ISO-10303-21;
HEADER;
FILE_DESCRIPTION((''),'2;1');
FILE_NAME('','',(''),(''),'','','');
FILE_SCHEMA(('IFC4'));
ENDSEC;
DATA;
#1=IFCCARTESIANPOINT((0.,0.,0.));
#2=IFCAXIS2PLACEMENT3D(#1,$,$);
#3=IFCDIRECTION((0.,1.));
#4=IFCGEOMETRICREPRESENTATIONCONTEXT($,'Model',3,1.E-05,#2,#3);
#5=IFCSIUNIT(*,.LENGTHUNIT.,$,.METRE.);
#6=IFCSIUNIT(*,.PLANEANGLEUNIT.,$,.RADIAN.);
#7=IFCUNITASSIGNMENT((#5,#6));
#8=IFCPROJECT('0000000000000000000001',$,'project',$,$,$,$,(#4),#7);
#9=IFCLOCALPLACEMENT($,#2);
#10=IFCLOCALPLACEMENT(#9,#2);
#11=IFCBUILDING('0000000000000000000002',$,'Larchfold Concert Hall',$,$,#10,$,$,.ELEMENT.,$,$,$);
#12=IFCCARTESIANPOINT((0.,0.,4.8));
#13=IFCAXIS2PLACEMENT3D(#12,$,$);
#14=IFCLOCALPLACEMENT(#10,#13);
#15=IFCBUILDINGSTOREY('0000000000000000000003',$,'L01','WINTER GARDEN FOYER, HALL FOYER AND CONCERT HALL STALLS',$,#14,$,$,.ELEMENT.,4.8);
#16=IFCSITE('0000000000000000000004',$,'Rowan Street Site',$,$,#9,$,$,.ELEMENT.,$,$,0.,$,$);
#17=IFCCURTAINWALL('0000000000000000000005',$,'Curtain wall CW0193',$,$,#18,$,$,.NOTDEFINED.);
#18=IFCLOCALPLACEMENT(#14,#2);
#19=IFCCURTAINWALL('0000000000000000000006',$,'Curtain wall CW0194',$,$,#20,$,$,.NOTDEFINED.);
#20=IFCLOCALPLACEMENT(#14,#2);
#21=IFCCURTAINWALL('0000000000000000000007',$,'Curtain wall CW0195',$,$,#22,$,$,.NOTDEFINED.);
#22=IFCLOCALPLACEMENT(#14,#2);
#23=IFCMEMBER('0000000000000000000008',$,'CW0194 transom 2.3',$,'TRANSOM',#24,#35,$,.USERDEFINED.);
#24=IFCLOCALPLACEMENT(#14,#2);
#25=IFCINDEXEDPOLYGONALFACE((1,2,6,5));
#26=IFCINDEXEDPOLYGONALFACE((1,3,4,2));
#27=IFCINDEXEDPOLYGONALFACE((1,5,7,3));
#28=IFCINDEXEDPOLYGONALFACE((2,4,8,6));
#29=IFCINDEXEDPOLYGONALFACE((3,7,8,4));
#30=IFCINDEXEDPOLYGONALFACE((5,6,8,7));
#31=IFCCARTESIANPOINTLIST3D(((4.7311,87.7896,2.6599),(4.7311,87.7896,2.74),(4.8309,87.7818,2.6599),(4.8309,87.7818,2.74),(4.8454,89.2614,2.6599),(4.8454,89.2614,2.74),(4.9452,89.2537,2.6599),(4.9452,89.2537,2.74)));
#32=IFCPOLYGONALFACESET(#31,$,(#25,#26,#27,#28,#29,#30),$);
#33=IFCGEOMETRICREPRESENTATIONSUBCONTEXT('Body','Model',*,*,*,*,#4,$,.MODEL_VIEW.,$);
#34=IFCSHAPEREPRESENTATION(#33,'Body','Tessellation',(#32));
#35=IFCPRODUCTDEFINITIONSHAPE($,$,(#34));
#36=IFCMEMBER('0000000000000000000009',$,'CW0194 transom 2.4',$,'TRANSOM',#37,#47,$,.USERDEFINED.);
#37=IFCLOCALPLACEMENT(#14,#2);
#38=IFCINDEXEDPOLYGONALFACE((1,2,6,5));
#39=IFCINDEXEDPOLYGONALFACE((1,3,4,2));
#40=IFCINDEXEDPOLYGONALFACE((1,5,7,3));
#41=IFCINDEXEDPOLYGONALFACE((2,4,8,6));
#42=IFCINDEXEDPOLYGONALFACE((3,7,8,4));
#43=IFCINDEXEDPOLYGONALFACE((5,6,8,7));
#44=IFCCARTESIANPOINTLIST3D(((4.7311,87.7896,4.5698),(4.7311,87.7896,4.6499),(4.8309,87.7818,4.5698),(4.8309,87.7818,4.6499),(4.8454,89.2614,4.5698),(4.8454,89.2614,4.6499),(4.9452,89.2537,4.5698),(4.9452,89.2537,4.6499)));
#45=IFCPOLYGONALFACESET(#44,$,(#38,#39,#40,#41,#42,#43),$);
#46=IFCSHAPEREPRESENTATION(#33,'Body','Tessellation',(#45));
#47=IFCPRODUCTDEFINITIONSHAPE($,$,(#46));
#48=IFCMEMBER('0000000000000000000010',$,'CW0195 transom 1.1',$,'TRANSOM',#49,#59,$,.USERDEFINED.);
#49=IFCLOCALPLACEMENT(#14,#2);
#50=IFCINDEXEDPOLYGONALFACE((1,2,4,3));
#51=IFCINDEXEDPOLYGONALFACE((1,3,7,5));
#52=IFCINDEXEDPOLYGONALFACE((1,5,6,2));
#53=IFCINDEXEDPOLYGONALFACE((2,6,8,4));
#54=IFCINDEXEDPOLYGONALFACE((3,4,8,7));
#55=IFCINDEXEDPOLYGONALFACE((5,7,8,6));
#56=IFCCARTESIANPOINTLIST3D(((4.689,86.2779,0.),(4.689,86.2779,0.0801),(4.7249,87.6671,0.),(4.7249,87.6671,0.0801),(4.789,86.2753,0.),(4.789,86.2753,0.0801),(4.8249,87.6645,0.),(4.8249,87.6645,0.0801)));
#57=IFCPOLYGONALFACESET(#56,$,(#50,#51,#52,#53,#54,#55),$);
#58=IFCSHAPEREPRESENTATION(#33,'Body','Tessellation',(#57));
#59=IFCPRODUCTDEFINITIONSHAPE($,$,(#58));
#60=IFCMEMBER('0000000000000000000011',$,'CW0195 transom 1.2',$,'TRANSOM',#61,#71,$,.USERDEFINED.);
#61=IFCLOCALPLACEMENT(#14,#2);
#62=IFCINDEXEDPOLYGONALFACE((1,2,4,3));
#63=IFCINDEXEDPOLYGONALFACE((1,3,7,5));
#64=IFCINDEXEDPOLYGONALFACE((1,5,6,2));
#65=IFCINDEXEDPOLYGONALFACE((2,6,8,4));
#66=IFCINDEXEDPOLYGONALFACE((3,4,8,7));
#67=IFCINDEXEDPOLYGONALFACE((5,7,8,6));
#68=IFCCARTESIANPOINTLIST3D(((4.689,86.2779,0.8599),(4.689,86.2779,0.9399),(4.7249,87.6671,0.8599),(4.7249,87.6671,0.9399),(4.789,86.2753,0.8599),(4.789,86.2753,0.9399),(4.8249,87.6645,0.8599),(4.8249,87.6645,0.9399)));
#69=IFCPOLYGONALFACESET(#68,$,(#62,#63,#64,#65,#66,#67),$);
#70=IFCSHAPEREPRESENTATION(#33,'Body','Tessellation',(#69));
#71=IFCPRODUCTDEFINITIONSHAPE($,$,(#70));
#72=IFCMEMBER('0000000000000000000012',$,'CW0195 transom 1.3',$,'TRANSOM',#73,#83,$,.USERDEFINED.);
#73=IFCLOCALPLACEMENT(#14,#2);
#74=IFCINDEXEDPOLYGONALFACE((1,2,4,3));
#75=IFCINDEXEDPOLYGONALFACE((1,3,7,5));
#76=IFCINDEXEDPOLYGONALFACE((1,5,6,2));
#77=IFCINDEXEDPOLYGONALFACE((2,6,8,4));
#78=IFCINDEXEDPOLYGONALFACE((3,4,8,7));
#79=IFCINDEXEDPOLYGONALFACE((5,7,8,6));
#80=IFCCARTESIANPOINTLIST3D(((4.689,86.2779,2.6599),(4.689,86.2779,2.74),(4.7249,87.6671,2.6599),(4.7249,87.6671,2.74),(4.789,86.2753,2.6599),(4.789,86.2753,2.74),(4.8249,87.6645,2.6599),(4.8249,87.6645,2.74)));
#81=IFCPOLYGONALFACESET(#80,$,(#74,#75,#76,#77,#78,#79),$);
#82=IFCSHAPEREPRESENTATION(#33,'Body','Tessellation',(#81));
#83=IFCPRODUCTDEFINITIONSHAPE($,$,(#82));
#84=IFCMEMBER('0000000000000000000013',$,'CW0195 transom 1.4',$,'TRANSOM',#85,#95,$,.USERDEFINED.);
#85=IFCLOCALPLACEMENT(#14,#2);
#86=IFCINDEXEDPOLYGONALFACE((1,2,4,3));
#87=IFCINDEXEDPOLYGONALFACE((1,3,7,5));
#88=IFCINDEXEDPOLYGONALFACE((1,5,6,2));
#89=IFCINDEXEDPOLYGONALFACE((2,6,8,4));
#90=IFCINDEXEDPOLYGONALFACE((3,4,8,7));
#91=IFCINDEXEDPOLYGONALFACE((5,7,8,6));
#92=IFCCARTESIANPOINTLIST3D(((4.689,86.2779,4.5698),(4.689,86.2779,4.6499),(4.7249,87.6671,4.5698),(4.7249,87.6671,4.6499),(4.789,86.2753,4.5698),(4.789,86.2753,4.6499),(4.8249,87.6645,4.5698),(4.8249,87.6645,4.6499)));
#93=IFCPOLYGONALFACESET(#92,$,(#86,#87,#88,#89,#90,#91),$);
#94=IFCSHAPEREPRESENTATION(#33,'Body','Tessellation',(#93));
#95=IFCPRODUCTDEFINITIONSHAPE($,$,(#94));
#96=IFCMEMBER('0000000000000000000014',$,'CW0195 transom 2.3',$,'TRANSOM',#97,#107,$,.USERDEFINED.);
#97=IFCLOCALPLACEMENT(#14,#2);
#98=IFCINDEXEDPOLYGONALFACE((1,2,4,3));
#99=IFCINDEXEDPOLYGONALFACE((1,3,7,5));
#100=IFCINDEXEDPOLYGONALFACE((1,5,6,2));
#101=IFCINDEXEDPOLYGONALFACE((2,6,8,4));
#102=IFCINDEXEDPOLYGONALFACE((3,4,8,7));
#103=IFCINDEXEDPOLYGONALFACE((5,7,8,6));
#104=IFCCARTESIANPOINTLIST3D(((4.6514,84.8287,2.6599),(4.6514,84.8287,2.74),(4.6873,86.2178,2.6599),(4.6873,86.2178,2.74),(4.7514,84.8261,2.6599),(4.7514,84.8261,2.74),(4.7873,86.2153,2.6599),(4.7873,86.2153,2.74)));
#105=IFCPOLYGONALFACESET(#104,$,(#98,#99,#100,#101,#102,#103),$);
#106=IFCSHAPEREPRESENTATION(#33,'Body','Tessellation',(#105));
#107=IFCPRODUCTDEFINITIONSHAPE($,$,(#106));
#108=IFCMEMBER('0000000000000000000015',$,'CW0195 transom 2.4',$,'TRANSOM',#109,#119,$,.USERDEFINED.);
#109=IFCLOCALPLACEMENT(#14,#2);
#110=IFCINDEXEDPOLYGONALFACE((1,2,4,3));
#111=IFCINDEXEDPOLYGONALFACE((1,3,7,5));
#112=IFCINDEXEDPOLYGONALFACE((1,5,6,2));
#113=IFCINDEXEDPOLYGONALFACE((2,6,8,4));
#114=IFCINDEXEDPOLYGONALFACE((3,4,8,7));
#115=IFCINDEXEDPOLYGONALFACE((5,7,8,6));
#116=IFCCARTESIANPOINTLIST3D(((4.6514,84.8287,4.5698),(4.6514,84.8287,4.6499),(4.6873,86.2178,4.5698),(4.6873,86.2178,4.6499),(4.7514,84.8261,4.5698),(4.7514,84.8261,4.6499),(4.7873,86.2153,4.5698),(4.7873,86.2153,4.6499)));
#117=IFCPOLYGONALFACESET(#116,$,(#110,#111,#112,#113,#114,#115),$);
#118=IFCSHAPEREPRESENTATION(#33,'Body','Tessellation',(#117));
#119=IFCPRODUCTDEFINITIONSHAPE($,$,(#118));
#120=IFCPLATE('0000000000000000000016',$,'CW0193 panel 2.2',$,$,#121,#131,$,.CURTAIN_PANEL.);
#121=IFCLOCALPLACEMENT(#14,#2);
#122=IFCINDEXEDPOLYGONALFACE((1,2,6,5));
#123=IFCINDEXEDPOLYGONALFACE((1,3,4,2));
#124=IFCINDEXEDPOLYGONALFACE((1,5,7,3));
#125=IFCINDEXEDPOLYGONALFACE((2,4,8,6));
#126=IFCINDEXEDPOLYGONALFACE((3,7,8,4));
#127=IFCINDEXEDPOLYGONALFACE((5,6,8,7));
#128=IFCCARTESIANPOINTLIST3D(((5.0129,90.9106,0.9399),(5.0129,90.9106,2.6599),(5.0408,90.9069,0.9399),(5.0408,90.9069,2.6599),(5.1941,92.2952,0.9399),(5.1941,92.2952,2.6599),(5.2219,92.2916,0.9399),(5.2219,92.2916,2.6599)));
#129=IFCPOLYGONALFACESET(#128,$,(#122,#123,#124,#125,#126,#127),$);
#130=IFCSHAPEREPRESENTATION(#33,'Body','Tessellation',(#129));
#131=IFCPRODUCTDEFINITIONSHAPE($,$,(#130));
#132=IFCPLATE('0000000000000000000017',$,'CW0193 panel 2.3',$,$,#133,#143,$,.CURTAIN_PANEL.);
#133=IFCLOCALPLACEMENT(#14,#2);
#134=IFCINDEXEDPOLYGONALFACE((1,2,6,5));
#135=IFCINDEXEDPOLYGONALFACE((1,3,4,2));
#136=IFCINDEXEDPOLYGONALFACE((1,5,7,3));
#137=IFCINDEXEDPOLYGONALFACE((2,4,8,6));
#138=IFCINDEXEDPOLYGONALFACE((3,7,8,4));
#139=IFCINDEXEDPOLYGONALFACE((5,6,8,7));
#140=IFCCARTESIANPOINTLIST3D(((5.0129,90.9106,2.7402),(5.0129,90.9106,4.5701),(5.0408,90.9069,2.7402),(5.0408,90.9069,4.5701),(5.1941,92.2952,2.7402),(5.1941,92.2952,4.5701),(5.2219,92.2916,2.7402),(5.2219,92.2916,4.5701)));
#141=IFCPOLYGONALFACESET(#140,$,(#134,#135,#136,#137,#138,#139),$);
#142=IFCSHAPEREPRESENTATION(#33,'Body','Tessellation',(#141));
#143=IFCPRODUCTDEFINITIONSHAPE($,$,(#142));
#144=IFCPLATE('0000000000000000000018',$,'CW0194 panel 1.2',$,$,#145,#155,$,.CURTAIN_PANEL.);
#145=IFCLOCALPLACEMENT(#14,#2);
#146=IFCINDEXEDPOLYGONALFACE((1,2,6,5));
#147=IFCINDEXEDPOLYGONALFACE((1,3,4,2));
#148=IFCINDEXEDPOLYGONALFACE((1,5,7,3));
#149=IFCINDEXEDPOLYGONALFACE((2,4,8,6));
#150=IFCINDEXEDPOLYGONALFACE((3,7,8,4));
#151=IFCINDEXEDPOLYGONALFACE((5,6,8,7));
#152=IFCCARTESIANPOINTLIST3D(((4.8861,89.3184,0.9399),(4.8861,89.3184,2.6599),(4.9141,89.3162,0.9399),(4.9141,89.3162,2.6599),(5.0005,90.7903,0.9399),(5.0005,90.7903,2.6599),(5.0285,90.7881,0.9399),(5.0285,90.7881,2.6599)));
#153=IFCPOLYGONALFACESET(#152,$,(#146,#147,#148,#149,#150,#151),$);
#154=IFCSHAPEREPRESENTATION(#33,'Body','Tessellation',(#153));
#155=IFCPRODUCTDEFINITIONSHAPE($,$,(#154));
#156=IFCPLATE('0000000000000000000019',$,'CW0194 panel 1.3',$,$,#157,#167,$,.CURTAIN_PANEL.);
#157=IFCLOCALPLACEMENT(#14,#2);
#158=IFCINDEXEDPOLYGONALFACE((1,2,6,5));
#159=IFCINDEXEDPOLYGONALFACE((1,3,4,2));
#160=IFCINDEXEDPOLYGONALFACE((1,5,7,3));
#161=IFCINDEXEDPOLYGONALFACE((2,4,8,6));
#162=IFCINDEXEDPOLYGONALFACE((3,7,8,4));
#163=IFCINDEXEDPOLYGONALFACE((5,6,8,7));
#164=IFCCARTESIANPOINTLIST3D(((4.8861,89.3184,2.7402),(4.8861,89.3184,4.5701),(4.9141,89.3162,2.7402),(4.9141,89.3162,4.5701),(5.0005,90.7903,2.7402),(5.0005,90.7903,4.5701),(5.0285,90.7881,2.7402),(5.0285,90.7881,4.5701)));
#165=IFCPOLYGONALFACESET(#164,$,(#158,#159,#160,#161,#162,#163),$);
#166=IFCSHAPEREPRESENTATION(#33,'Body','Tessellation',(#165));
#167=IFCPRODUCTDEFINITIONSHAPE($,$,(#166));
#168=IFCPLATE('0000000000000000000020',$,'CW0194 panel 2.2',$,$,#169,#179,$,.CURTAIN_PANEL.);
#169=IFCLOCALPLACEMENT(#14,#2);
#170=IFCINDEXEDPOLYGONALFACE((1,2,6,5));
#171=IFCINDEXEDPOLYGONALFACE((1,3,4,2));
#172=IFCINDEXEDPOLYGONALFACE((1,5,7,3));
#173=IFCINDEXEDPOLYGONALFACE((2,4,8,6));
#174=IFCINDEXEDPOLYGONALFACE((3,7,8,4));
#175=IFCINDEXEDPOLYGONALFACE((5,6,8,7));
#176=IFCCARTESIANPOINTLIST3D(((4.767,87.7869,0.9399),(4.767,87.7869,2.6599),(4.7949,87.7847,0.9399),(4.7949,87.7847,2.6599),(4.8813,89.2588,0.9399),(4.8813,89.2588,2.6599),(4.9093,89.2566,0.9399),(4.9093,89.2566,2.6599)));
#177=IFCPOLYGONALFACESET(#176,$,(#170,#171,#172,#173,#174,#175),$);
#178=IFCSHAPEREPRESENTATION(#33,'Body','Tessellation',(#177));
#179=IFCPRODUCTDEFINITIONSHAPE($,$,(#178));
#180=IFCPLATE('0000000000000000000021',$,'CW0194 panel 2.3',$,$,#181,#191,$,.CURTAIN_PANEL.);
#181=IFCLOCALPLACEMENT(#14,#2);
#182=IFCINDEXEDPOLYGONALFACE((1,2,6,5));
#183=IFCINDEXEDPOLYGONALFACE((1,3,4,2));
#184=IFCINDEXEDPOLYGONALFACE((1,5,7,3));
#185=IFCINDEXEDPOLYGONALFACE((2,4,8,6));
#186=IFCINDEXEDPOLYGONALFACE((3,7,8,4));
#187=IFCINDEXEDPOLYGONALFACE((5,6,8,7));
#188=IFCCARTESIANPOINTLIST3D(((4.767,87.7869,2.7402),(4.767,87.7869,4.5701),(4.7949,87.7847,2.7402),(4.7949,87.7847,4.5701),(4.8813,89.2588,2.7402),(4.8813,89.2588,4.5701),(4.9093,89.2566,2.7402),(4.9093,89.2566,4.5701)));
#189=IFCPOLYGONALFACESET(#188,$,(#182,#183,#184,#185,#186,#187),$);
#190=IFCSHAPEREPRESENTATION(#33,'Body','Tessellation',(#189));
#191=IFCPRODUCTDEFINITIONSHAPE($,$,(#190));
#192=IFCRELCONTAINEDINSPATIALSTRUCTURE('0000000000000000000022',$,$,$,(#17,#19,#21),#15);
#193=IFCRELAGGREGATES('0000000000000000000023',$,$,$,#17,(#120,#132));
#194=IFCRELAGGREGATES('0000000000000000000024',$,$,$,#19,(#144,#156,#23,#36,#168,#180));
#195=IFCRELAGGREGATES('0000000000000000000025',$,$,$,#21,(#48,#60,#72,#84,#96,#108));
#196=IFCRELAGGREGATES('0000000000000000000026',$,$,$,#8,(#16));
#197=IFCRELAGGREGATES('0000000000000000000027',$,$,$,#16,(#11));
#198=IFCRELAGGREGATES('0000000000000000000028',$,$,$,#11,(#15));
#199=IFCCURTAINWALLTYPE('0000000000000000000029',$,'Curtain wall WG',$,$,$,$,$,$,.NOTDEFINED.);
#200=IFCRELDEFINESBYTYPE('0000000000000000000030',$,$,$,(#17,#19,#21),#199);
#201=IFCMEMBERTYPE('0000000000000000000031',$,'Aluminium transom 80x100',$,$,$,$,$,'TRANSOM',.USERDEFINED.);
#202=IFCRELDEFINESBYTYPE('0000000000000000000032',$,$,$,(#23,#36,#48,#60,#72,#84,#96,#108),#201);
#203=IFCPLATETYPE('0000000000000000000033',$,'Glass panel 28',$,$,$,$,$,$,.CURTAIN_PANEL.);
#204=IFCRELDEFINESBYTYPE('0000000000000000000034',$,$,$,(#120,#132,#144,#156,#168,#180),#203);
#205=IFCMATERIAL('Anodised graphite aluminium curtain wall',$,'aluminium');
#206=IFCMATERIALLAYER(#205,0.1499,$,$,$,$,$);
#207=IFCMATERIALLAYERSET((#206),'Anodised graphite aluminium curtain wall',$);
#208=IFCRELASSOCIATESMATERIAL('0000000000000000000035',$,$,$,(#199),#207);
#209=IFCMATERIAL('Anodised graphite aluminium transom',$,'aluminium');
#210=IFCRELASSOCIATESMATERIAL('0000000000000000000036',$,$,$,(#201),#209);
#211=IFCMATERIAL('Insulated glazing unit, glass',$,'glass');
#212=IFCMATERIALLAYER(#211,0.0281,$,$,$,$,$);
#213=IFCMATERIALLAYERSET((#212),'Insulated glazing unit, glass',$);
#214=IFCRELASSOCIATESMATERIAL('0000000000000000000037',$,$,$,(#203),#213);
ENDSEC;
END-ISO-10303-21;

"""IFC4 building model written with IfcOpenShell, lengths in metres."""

from ifc_helpers import new_model, si_unit, direction, frame, origin, origin_2d, place, context, subcontext, project, spatial, rectangle, extrude, material, layer, layer_set, material_profile, profile_set, type_object, element, aggregate, save


model = new_model("IFC4")

# Units and contexts
model_context = context("Model", 3, precision=1e-05, world=origin(), true_north=direction((0.0, 1.0)))
body_context = subcontext(model_context, "Body", "Model", "MODEL_VIEW")
ifc_project = project(units=[si_unit("LENGTHUNIT", "METRE"), si_unit("PLANEANGLEUNIT", "RADIAN")], contexts=[model_context])

# Site, building, storey
site_placement = place(None, origin())
site = spatial("IfcSite", under=ifc_project, at=site_placement, Name="Rowan Street Site", CompositionType="ELEMENT", RefElevation=0.0)
building_placement = place(site_placement, origin())
building = spatial("IfcBuilding", under=site, at=building_placement, Name="Larchfold Concert Hall", CompositionType="ELEMENT")
storey_placement = place(building_placement, frame((0.0, 0.0, 4.8)))
storey = spatial("IfcBuildingStorey", under=building, at=storey_placement, Name="L01", Description="WINTER GARDEN FOYER, HALL FOYER AND CONCERT HALL STALLS", CompositionType="ELEMENT", Elevation=4.8)

# Curtain wall
ifc_material_1 = material(Name="Anodised graphite aluminium curtain wall", Category="aluminium")
ifc_layer_1 = layer(ifc_material_1, 0.1499)
ifc_layer_set_1 = layer_set([ifc_layer_1], Name="Anodised graphite aluminium curtain wall")
curtain_wall_type = type_object("IfcCurtainWallType", Name="Curtain wall WG", PredefinedType="NOTDEFINED", material=ifc_layer_set_1)
curtain_wall_1_placement = place(storey_placement, origin())
curtain_wall_1 = element("IfcCurtainWall", 1, at=curtain_wall_1_placement, inside=storey, type_object=curtain_wall_type, Name="Curtain wall CW0193", PredefinedType="NOTDEFINED")

# Curtain walls
curtain_wall_2_placement = place(storey_placement, origin())
curtain_wall_2 = element("IfcCurtainWall", 2, at=curtain_wall_2_placement, inside=storey, type_object=curtain_wall_type, Name="Curtain wall CW0194", PredefinedType="NOTDEFINED")
curtain_wall_3_placement = place(storey_placement, origin())
curtain_wall_3 = element("IfcCurtainWall", 3, at=curtain_wall_3_placement, inside=storey, type_object=curtain_wall_type, Name="Curtain wall CW0195", PredefinedType="NOTDEFINED")

# Members
ifc_material_2 = material(Name="Anodised graphite aluminium transom", Category="aluminium")
ifc_material_profile_1 = material_profile(ifc_material_2, rectangle(XDim=0.1001, YDim=0.0801, at=origin_2d()))
ifc_profile_set_1 = profile_set([ifc_material_profile_1], Name="Anodised graphite aluminium transom")
member_type_1 = type_object("IfcMemberType", Name="Aluminium transom 80x100", ElementType="TRANSOM", PredefinedType="USERDEFINED", material=ifc_profile_set_1)
member_1_placement = place(storey_placement, frame((4.8953, 89.2576, 2.7), z_axis=(-0.077392, -0.997001, 0.0), x_axis=(0.997001, -0.077392, 0.0)))
member_1 = element("IfcMember", 4, at=member_1_placement, type_object=member_type_1, Name="CW0194 transom 2.3", ObjectType="TRANSOM", PredefinedType="USERDEFINED", context=body_context, shape_type="SweptSolid", body=[
    extrude(rectangle(XDim=0.1001, YDim=0.0801, at=origin_2d()), origin(), (0.0, 0.0, 1.0), 1.4763),
])
member_2_placement = place(storey_placement, frame((4.8953, 89.2576, 4.6099), z_axis=(-0.077392, -0.997001, 0.0), x_axis=(0.997001, -0.077392, 0.0)))
member_2 = element("IfcMember", 5, at=member_2_placement, type_object=member_type_1, Name="CW0194 transom 2.4", ObjectType="TRANSOM", PredefinedType="USERDEFINED", context=body_context, shape_type="SweptSolid", body=[
    extrude(rectangle(XDim=0.1001, YDim=0.0801, at=origin_2d()), origin(), (0.0, 0.0, 1.0), 1.4763),
])
member_3_placement = place(storey_placement, frame((4.7749, 87.6658, 0.04), z_axis=(-0.025826, -0.999666, 0.0), x_axis=(0.999666, -0.025826, 0.0)))
member_3 = element("IfcMember", 6, at=member_3_placement, type_object=member_type_1, Name="CW0195 transom 1.1", ObjectType="TRANSOM", PredefinedType="USERDEFINED", context=body_context, shape_type="SweptSolid", body=[
    extrude(rectangle(XDim=0.1001, YDim=0.0801, at=origin_2d()), origin(), (0.0, 0.0, 1.0), 1.3896),
])
member_4_placement = place(storey_placement, frame((4.7749, 87.6658, 0.8999), z_axis=(-0.025826, -0.999666, 0.0), x_axis=(0.999666, -0.025826, 0.0)))
member_4 = element("IfcMember", 7, at=member_4_placement, type_object=member_type_1, Name="CW0195 transom 1.2", ObjectType="TRANSOM", PredefinedType="USERDEFINED", context=body_context, shape_type="SweptSolid", body=[
    extrude(rectangle(XDim=0.1001, YDim=0.0801, at=origin_2d()), origin(), (0.0, 0.0, 1.0), 1.3896),
])
member_5_placement = place(storey_placement, frame((4.7749, 87.6658, 2.7), z_axis=(-0.025826, -0.999666, 0.0), x_axis=(0.999666, -0.025826, 0.0)))
member_5 = element("IfcMember", 8, at=member_5_placement, type_object=member_type_1, Name="CW0195 transom 1.3", ObjectType="TRANSOM", PredefinedType="USERDEFINED", context=body_context, shape_type="SweptSolid", body=[
    extrude(rectangle(XDim=0.1001, YDim=0.0801, at=origin_2d()), origin(), (0.0, 0.0, 1.0), 1.3896),
])
member_6_placement = place(storey_placement, frame((4.7749, 87.6658, 4.6099), z_axis=(-0.025826, -0.999666, 0.0), x_axis=(0.999666, -0.025826, 0.0)))
member_6 = element("IfcMember", 9, at=member_6_placement, type_object=member_type_1, Name="CW0195 transom 1.4", ObjectType="TRANSOM", PredefinedType="USERDEFINED", context=body_context, shape_type="SweptSolid", body=[
    extrude(rectangle(XDim=0.1001, YDim=0.0801, at=origin_2d()), origin(), (0.0, 0.0, 1.0), 1.3896),
])
member_7_placement = place(storey_placement, frame((4.7373, 86.2166, 2.7), z_axis=(-0.025826, -0.999666, 0.0), x_axis=(0.999666, -0.025826, 0.0)))
member_7 = element("IfcMember", 10, at=member_7_placement, type_object=member_type_1, Name="CW0195 transom 2.3", ObjectType="TRANSOM", PredefinedType="USERDEFINED", context=body_context, shape_type="SweptSolid", body=[
    extrude(rectangle(XDim=0.1001, YDim=0.0801, at=origin_2d()), origin(), (0.0, 0.0, 1.0), 1.3896),
])
member_8_placement = place(storey_placement, frame((4.7373, 86.2166, 4.6099), z_axis=(-0.025826, -0.999666, 0.0), x_axis=(0.999666, -0.025826, 0.0)))
member_8 = element("IfcMember", 11, at=member_8_placement, type_object=member_type_1, Name="CW0195 transom 2.4", ObjectType="TRANSOM", PredefinedType="USERDEFINED", context=body_context, shape_type="SweptSolid", body=[
    extrude(rectangle(XDim=0.1001, YDim=0.0801, at=origin_2d()), origin(), (0.0, 0.0, 1.0), 1.3896),
])

# Plates
ifc_material_3 = material(Name="Insulated glazing unit, glass", Category="glass")
ifc_layer_2 = layer(ifc_material_3, 0.0281)
ifc_layer_set_2 = layer_set([ifc_layer_2], Name="Insulated glazing unit, glass")
plate_type_1 = type_object("IfcPlateType", Name="Glass panel 28", PredefinedType="CURTAIN_PANEL", material=ifc_layer_set_2)
plate_1_placement = place(storey_placement, frame((5.1174, 91.6011, 0.9399), z_axis=(0.0, 0.0, 1.0), x_axis=(-0.129743, -0.991548, 0.0)))
plate_1 = element("IfcPlate", 12, at=plate_1_placement, type_object=plate_type_1, Name="CW0193 panel 2.2", PredefinedType="CURTAIN_PANEL", context=body_context, shape_type="SweptSolid", body=[
    extrude(rectangle(XDim=1.3965, YDim=0.0281, at=origin_2d()), origin(), (0.0, 0.0, 1.0), 1.72),
])
plate_2_placement = place(storey_placement, frame((5.1174, 91.6011, 2.7402), z_axis=(0.0, 0.0, 1.0), x_axis=(-0.129743, -0.991548, 0.0)))
plate_2 = element("IfcPlate", 13, at=plate_2_placement, type_object=plate_type_1, Name="CW0193 panel 2.3", PredefinedType="CURTAIN_PANEL", context=body_context, shape_type="SweptSolid", body=[
    extrude(rectangle(XDim=1.3965, YDim=0.0281, at=origin_2d()), origin(), (0.0, 0.0, 1.0), 1.8298),
])
plate_3_placement = place(storey_placement, frame((4.9573, 90.0532, 0.9399), z_axis=(0.0, 0.0, 1.0), x_axis=(-0.077465, -0.996995, 0.0)))
plate_3 = element("IfcPlate", 14, at=plate_3_placement, type_object=plate_type_1, Name="CW0194 panel 1.2", PredefinedType="CURTAIN_PANEL", context=body_context, shape_type="SweptSolid", body=[
    extrude(rectangle(XDim=1.4763, YDim=0.0281, at=origin_2d()), origin(), (0.0, 0.0, 1.0), 1.72),
])
plate_4_placement = place(storey_placement, frame((4.9573, 90.0532, 2.7402), z_axis=(0.0, 0.0, 1.0), x_axis=(-0.077465, -0.996995, 0.0)))
plate_4 = element("IfcPlate", 15, at=plate_4_placement, type_object=plate_type_1, Name="CW0194 panel 1.3", PredefinedType="CURTAIN_PANEL", context=body_context, shape_type="SweptSolid", body=[
    extrude(rectangle(XDim=1.4763, YDim=0.0281, at=origin_2d()), origin(), (0.0, 0.0, 1.0), 1.8298),
])
plate_5_placement = place(storey_placement, frame((4.8381, 88.5217, 0.9399), z_axis=(0.0, 0.0, 1.0), x_axis=(-0.077465, -0.996995, 0.0)))
plate_5 = element("IfcPlate", 16, at=plate_5_placement, type_object=plate_type_1, Name="CW0194 panel 2.2", PredefinedType="CURTAIN_PANEL", context=body_context, shape_type="SweptSolid", body=[
    extrude(rectangle(XDim=1.4763, YDim=0.0281, at=origin_2d()), origin(), (0.0, 0.0, 1.0), 1.72),
])
plate_6_placement = place(storey_placement, frame((4.8381, 88.5217, 2.7402), z_axis=(0.0, 0.0, 1.0), x_axis=(-0.077465, -0.996995, 0.0)))
plate_6 = element("IfcPlate", 17, at=plate_6_placement, type_object=plate_type_1, Name="CW0194 panel 2.3", PredefinedType="CURTAIN_PANEL", context=body_context, shape_type="SweptSolid", body=[
    extrude(rectangle(XDim=1.4763, YDim=0.0281, at=origin_2d()), origin(), (0.0, 0.0, 1.0), 1.8298),
])
aggregate(curtain_wall_1, [plate_1, plate_2])
aggregate(curtain_wall_2, [plate_3, plate_4, member_1, member_2, plate_5, plate_6])
aggregate(curtain_wall_3, [member_3, member_4, member_5, member_6, member_7, member_8])

save(model, "model.ifc")
